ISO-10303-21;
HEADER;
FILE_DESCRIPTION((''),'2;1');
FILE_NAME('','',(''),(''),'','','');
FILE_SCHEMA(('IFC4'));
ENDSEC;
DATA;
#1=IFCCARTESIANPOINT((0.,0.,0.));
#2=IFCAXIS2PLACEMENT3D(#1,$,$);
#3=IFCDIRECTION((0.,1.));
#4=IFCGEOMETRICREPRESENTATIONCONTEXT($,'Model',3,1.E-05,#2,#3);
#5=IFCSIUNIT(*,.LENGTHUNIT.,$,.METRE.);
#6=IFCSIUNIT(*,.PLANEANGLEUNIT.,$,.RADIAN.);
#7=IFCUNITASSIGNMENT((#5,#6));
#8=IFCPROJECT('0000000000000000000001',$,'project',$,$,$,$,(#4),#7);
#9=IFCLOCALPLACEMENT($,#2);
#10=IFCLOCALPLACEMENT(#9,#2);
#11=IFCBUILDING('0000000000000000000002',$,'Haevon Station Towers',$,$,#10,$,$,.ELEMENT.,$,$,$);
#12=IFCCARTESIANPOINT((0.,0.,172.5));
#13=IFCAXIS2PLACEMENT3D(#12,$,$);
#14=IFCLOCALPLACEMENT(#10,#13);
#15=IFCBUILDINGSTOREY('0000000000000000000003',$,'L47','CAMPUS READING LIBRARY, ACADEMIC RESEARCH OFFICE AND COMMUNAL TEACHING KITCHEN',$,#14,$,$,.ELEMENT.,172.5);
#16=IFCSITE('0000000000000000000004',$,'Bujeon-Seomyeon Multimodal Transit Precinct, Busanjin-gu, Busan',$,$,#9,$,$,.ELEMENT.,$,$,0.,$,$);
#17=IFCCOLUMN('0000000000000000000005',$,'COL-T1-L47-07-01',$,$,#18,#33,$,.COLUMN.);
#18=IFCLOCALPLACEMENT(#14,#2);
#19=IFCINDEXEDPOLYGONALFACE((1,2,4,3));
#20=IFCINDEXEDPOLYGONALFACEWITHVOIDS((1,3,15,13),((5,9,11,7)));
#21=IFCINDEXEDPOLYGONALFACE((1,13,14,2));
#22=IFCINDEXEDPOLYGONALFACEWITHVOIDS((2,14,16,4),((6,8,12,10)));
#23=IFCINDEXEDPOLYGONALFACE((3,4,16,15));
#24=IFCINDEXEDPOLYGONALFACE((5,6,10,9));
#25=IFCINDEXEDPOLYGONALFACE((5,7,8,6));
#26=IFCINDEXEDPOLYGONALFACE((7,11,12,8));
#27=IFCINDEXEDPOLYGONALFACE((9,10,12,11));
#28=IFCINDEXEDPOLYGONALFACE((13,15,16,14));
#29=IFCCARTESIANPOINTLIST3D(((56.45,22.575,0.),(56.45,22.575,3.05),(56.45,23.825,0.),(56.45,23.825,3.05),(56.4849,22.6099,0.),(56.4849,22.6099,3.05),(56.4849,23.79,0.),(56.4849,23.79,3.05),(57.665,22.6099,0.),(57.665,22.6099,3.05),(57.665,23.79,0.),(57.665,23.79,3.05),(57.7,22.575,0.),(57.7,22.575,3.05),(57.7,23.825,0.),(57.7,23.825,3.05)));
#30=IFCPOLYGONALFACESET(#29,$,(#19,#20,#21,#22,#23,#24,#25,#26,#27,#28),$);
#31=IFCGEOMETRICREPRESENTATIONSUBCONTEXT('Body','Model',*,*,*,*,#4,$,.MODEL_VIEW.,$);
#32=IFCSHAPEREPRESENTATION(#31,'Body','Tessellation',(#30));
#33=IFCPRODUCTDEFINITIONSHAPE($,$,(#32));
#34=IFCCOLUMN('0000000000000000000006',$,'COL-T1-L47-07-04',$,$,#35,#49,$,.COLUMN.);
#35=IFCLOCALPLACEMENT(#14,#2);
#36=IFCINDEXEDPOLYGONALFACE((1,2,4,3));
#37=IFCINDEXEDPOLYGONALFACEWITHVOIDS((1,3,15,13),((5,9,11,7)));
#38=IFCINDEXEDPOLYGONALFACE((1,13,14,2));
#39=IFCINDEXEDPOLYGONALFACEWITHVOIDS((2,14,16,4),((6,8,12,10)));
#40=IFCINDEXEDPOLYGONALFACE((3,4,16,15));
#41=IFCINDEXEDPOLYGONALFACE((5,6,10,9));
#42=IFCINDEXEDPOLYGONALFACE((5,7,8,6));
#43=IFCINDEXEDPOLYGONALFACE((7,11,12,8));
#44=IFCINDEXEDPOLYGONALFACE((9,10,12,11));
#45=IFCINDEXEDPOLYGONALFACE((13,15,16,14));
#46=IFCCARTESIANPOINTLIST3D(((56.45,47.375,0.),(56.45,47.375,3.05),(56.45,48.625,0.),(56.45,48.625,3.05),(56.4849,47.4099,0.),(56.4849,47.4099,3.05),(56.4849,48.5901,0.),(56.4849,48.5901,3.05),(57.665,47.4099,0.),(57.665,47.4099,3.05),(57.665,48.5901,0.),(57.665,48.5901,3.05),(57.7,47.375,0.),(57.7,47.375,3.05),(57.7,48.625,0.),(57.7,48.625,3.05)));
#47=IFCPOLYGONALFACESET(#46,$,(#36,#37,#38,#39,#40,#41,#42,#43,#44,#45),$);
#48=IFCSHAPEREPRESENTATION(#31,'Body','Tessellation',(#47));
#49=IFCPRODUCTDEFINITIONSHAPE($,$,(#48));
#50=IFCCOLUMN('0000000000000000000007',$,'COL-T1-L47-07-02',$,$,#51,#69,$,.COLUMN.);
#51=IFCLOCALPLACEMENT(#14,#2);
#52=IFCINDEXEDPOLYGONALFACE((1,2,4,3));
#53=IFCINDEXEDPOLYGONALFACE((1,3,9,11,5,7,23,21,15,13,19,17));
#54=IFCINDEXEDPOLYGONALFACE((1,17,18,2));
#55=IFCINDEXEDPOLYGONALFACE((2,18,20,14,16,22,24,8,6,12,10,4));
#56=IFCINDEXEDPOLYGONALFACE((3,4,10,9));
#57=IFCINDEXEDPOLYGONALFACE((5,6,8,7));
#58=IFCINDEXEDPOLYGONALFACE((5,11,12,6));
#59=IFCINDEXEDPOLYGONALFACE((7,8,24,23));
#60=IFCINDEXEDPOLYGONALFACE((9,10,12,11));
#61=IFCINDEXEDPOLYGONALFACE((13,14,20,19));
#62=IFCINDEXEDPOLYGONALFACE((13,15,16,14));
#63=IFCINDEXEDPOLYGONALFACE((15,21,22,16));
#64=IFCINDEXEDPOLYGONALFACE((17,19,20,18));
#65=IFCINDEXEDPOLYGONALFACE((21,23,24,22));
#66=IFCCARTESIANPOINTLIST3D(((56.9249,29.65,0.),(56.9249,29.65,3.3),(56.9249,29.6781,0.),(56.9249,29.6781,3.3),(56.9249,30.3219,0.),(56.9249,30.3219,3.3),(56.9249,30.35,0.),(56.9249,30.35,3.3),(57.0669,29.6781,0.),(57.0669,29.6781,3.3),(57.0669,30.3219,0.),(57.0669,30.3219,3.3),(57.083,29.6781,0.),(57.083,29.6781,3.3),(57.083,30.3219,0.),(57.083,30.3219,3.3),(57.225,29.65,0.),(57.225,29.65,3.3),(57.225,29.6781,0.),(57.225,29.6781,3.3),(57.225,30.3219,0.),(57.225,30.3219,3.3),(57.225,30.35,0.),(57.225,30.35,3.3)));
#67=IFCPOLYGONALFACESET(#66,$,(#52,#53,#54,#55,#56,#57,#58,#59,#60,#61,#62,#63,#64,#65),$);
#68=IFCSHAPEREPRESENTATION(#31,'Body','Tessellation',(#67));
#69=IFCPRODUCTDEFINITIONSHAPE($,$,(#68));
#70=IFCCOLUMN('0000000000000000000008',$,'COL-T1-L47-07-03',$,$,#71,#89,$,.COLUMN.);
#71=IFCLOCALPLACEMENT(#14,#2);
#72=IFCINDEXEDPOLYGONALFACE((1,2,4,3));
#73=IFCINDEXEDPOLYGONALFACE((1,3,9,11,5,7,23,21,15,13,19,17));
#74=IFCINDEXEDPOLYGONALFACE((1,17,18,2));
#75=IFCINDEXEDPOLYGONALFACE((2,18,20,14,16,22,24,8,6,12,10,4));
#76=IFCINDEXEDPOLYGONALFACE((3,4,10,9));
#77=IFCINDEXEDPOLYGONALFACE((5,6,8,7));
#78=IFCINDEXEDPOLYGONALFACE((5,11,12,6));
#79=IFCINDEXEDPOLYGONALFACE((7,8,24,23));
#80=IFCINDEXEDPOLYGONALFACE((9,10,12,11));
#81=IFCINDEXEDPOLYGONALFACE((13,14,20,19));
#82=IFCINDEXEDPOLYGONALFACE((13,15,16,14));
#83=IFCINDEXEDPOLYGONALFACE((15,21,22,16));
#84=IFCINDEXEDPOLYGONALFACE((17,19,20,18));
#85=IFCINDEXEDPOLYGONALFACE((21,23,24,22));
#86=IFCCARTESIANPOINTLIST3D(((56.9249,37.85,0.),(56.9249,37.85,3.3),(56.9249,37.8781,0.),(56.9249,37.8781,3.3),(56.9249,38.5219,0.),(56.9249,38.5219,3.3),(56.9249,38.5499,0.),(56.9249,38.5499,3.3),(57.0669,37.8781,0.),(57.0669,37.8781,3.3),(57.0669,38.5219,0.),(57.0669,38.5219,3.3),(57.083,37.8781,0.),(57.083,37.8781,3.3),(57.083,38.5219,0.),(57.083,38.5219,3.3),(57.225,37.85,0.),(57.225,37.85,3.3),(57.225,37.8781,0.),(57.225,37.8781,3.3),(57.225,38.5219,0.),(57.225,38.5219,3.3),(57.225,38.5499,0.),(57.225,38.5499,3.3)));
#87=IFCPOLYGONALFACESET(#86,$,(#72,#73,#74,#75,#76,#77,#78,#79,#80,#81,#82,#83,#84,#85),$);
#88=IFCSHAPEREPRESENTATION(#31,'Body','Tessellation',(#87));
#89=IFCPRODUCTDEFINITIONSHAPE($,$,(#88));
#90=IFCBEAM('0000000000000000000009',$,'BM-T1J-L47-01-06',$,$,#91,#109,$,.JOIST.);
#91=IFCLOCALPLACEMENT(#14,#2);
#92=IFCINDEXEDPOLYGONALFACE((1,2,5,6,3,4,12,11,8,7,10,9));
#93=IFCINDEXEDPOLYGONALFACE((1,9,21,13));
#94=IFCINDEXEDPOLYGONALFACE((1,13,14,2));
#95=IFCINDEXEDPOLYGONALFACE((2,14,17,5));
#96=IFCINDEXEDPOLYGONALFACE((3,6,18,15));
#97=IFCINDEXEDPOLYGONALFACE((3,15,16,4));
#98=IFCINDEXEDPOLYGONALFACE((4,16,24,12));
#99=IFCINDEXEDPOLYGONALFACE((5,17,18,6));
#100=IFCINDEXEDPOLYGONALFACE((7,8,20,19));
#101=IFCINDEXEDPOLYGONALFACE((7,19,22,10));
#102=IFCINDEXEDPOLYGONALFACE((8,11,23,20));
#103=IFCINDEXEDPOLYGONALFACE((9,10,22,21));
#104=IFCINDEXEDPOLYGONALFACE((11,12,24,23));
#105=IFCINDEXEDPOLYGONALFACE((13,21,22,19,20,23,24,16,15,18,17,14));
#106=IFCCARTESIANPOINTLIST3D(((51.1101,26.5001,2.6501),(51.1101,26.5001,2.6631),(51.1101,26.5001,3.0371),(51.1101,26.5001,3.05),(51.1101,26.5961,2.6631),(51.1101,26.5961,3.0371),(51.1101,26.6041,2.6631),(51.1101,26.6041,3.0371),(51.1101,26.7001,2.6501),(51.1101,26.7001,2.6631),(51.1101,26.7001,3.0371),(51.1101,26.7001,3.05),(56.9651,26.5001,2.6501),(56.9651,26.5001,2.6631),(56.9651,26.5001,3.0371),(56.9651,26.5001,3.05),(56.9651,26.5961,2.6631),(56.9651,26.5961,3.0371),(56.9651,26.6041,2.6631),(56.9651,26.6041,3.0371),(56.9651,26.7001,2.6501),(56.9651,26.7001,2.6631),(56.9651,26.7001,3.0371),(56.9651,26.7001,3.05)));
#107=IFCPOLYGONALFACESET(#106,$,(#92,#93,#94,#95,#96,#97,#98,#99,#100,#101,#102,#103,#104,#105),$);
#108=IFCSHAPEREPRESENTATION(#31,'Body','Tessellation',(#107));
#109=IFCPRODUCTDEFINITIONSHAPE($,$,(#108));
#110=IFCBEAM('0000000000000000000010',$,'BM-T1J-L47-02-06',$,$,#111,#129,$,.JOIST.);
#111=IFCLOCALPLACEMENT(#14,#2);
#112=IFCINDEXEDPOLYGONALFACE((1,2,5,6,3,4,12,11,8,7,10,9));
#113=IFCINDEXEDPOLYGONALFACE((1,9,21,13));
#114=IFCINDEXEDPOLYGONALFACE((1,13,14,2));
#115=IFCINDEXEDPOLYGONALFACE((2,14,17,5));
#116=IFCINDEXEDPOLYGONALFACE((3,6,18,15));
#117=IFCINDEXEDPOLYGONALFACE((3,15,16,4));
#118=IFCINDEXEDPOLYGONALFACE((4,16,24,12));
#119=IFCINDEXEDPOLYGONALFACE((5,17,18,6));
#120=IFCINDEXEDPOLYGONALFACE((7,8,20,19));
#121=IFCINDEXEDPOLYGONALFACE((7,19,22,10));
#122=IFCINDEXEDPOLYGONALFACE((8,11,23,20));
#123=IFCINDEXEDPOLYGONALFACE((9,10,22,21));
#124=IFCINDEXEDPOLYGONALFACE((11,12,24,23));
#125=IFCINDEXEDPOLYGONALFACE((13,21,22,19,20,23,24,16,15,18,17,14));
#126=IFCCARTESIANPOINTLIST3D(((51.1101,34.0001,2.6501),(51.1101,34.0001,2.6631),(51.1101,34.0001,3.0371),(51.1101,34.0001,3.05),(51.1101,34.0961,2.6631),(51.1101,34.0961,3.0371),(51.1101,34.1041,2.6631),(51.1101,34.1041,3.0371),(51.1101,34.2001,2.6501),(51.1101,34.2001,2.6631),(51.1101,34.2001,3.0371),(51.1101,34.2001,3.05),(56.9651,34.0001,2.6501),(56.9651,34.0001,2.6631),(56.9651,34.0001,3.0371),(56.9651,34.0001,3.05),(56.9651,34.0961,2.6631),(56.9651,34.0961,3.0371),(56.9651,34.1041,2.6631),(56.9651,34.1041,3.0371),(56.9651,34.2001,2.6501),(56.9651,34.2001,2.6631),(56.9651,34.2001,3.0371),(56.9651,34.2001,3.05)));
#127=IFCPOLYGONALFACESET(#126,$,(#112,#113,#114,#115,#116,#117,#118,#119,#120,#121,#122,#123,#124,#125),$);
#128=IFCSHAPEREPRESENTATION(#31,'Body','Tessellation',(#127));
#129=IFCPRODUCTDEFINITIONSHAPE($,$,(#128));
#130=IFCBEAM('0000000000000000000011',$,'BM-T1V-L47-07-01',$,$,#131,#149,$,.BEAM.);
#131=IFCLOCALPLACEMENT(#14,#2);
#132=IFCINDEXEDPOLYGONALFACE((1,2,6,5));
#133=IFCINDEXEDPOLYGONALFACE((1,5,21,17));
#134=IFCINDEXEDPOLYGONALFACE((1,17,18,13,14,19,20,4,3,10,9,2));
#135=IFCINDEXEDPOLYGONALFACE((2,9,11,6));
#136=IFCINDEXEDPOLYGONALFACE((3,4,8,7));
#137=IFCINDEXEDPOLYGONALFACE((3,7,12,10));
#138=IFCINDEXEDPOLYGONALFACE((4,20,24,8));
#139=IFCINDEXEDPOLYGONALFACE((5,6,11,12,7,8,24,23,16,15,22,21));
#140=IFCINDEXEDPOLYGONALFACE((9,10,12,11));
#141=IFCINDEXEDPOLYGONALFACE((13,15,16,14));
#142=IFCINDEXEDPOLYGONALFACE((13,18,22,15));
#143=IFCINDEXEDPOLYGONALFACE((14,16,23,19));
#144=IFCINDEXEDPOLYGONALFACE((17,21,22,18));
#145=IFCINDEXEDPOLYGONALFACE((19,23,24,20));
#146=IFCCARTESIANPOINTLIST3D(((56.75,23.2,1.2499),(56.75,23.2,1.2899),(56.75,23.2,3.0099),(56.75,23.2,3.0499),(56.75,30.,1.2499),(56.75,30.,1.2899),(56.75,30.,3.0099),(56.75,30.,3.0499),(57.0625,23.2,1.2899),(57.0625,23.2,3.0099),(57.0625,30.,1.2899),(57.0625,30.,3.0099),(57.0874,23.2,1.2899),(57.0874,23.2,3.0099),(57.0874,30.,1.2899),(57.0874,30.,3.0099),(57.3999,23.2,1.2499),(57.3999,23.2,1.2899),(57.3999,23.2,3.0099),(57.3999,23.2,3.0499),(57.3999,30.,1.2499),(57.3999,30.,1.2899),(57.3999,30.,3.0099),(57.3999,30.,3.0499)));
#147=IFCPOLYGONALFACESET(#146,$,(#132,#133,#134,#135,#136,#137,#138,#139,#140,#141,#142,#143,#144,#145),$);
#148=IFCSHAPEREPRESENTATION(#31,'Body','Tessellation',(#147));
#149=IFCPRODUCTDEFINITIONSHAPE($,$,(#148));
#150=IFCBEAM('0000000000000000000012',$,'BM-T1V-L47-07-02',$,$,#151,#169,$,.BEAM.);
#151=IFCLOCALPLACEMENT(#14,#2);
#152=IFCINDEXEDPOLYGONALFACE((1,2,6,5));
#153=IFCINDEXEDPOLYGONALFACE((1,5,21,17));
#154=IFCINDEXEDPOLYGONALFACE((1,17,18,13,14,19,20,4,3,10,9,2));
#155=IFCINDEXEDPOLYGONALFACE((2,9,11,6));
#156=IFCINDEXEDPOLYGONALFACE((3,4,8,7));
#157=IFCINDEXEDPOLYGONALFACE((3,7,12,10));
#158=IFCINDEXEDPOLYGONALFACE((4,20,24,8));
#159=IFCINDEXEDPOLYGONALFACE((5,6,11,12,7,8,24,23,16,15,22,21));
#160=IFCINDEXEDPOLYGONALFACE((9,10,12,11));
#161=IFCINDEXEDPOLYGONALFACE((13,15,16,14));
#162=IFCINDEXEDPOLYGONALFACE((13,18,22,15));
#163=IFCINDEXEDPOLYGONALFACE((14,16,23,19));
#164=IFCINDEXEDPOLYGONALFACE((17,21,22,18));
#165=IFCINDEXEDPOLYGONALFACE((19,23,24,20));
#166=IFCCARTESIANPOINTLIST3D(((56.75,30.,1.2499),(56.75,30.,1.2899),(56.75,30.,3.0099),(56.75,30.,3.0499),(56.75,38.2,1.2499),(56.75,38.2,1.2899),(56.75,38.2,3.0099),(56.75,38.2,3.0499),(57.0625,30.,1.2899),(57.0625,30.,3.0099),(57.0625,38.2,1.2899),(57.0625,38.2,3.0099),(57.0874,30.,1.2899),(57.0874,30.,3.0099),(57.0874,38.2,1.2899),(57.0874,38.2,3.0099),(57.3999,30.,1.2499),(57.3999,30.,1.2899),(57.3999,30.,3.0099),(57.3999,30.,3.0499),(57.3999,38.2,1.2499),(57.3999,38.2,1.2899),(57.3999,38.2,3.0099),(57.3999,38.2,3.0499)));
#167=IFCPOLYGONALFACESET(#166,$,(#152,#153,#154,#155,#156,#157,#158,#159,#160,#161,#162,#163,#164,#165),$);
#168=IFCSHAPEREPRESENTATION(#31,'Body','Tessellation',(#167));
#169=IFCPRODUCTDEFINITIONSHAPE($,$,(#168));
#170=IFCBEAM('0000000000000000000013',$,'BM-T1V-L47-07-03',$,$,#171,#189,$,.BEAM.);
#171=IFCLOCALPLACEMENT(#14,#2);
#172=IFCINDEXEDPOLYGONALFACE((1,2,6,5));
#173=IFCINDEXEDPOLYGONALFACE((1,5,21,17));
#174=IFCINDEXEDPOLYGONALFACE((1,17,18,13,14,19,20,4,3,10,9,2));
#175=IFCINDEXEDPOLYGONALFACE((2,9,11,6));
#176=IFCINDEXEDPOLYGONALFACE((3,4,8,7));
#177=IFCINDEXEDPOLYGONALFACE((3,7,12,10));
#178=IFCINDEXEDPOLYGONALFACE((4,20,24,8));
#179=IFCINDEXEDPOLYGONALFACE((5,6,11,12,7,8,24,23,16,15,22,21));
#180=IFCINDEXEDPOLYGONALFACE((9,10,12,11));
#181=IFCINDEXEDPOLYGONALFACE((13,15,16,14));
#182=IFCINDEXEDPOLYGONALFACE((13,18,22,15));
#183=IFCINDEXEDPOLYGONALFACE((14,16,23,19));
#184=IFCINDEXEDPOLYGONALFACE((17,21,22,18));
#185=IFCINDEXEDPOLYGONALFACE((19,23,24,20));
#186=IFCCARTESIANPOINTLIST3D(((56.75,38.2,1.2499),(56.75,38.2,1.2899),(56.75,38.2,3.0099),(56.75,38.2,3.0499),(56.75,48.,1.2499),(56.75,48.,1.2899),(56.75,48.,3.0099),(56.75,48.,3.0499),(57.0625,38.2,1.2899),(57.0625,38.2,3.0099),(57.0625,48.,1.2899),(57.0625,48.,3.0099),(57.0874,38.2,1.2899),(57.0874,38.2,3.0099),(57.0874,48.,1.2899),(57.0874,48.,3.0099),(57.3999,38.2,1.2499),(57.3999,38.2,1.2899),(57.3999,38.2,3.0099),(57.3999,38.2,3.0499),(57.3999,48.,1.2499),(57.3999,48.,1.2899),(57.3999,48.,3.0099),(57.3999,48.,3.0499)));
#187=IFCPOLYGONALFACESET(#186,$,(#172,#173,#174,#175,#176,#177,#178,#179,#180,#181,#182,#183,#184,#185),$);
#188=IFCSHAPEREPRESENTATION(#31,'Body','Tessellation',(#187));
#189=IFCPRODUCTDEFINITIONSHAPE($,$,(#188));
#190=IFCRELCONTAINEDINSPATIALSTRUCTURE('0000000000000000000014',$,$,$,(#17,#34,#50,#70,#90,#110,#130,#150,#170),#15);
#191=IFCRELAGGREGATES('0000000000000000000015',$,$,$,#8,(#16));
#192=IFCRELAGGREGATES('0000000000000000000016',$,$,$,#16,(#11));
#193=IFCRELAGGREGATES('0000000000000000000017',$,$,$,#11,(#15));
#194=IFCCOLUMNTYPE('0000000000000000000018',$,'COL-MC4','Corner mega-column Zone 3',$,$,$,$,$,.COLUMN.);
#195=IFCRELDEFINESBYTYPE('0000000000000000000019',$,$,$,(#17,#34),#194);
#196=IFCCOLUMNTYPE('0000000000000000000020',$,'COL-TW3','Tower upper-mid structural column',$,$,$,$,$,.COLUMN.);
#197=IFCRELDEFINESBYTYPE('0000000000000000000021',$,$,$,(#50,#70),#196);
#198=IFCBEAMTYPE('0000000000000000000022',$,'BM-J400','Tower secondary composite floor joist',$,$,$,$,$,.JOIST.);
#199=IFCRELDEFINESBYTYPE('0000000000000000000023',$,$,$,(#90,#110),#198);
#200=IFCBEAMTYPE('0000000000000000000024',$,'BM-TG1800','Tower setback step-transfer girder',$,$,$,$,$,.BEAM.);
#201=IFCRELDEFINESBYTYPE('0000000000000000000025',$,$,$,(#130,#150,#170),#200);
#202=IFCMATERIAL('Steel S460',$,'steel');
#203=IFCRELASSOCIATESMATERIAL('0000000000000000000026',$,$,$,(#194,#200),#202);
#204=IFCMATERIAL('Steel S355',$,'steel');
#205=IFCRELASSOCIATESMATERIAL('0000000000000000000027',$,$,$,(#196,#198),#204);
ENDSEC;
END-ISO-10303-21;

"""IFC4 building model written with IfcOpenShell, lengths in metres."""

from ifc_helpers import new_model, si_unit, direction, frame, origin, origin_2d, place, context, subcontext, project, spatial, hollow_rectangle, i_section, extrude, material, material_profile, profile_set, type_object, element, save


model = new_model("IFC4")

# Units and contexts
model_context = context("Model", 3, precision=1e-05, world=origin(), true_north=direction((0.0, 1.0)))
body_context = subcontext(model_context, "Body", "Model", "MODEL_VIEW")
ifc_project = project(units=[si_unit("LENGTHUNIT", "METRE"), si_unit("PLANEANGLEUNIT", "RADIAN")], contexts=[model_context])

# Site, building, storey
site_placement = place(None, origin())
site = spatial("IfcSite", under=ifc_project, at=site_placement, Name="Bujeon-Seomyeon Multimodal Transit Precinct, Busanjin-gu, Busan", CompositionType="ELEMENT", RefElevation=0.0)
building_placement = place(site_placement, origin())
building = spatial("IfcBuilding", under=site, at=building_placement, Name="Haevon Station Towers", CompositionType="ELEMENT")
storey_placement = place(building_placement, frame((0.0, 0.0, 172.5)))
storey = spatial("IfcBuildingStorey", under=building, at=storey_placement, Name="L47", Description="CAMPUS READING LIBRARY, ACADEMIC RESEARCH OFFICE AND COMMUNAL TEACHING KITCHEN", CompositionType="ELEMENT", Elevation=172.5)

# Columns
ifc_material_1 = material(Name="Steel S460", Category="steel")
ifc_material_profile_1 = material_profile(ifc_material_1, hollow_rectangle(XDim=1.25, YDim=1.25, WallThickness=0.0349, at=origin_2d()), Name="BOX-1250x1250x35")
ifc_profile_set_1 = profile_set([ifc_material_profile_1], Name="Steel S460")
column_type_1 = type_object("IfcColumnType", Name="COL-MC4", Description="Corner mega-column Zone 3", PredefinedType="COLUMN", material=ifc_profile_set_1)
for number, where, z_axis, x_axis, name in (
    (1, (57.075, 23.2, 0.0), (0.0, 0.0, 1.0), (1.0, 0.0, 0.0), "COL-T1-L47-07-01"),
    (2, (57.075, 48.0, 0.0), (0.0, 0.0, 1.0), (1.0, 0.0, 0.0), "COL-T1-L47-07-04"),
):
    element("IfcColumn", number, at=place(storey_placement, frame(where, z_axis=z_axis, x_axis=x_axis)), inside=storey, type_object=column_type_1, Name=name, PredefinedType="COLUMN", context=body_context, shape_type="SweptSolid", body=[
        extrude(hollow_rectangle(XDim=1.25, YDim=1.25, WallThickness=0.0349, at=origin_2d()), origin(), (0.0, 0.0, 1.0), 3.05),
    ])
ifc_material_2 = material(Name="Steel S355", Category="steel")
ifc_material_profile_2 = material_profile(ifc_material_2, i_section(OverallWidth=0.3, OverallDepth=0.7, WebThickness=0.0161, FlangeThickness=0.0281, at=origin_2d()), Name="H-700x300x16x28")
ifc_profile_set_2 = profile_set([ifc_material_profile_2], Name="Steel S355")
column_type_2 = type_object("IfcColumnType", Name="COL-TW3", Description="Tower upper-mid structural column", PredefinedType="COLUMN", material=ifc_profile_set_2)
for number, where, z_axis, x_axis, name in (
    (3, (57.075, 30.0, 0.0), (0.0, 0.0, 1.0), (1.0, 0.0, 0.0), "COL-T1-L47-07-02"),
    (4, (57.075, 38.2, 0.0), (0.0, 0.0, 1.0), (1.0, 0.0, 0.0), "COL-T1-L47-07-03"),
):
    element("IfcColumn", number, at=place(storey_placement, frame(where, z_axis=z_axis, x_axis=x_axis)), inside=storey, type_object=column_type_2, Name=name, PredefinedType="COLUMN", context=body_context, shape_type="SweptSolid", body=[
        extrude(i_section(OverallWidth=0.3, OverallDepth=0.7, WebThickness=0.0161, FlangeThickness=0.0281, at=origin_2d()), origin(), (0.0, 0.0, 1.0), 3.3),
    ])

# Beams
ifc_material_profile_3 = material_profile(ifc_material_2, i_section(OverallWidth=0.2, OverallDepth=0.3999, WebThickness=0.0081, FlangeThickness=0.0129, at=origin_2d()), Name="H-400x200x8x13")
ifc_profile_set_3 = profile_set([ifc_material_profile_3], Name="Steel S355")
beam_type_1 = type_object("IfcBeamType", Name="BM-J400", Description="Tower secondary composite floor joist", PredefinedType="JOIST", material=ifc_profile_set_3)
for number, where, z_axis, x_axis, name in (
    (5, (51.1101, 26.6001, 2.8501), (1.0, 0.0, 0.0), (0.0, 1.0, 0.0), "BM-T1J-L47-01-06"),
    (6, (51.1101, 34.1001, 2.8501), (1.0, 0.0, 0.0), (0.0, 1.0, 0.0), "BM-T1J-L47-02-06"),
):
    element("IfcBeam", number, at=place(storey_placement, frame(where, z_axis=z_axis, x_axis=x_axis)), inside=storey, type_object=beam_type_1, Name=name, PredefinedType="JOIST", context=body_context, shape_type="SweptSolid", body=[
        extrude(i_section(OverallWidth=0.2, OverallDepth=0.3999, WebThickness=0.0081, FlangeThickness=0.0129, at=origin_2d()), origin(), (0.0, 0.0, 1.0), 5.855),
    ])
ifc_material_profile_4 = material_profile(ifc_material_1, i_section(OverallWidth=0.6499, OverallDepth=1.8, WebThickness=0.0249, FlangeThickness=0.04, at=origin_2d()), Name="H-1800x650x25x40")
ifc_profile_set_4 = profile_set([ifc_material_profile_4], Name="Steel S460")
beam_type_2 = type_object("IfcBeamType", Name="BM-TG1800", Description="Tower setback step-transfer girder", PredefinedType="BEAM", material=ifc_profile_set_4)
beam_1_placement = place(storey_placement, frame((57.075, 23.2, 2.1499), z_axis=(0.0, 1.0, 0.0), x_axis=(-1.0, 0.0, 0.0)))
element("IfcBeam", 7, at=beam_1_placement, inside=storey, type_object=beam_type_2, Name="BM-T1V-L47-07-01", PredefinedType="BEAM", context=body_context, shape_type="SweptSolid", body=[
    extrude(i_section(OverallWidth=0.6499, OverallDepth=1.8, WebThickness=0.0249, FlangeThickness=0.04, at=origin_2d()), origin(), (0.0, 0.0, 1.0), 6.8),
])
beam_2_placement = place(storey_placement, frame((57.075, 30.0, 2.1499), z_axis=(0.0, 1.0, 0.0), x_axis=(-1.0, 0.0, 0.0)))
element("IfcBeam", 8, at=beam_2_placement, inside=storey, type_object=beam_type_2, Name="BM-T1V-L47-07-02", PredefinedType="BEAM", context=body_context, shape_type="SweptSolid", body=[
    extrude(i_section(OverallWidth=0.6499, OverallDepth=1.8, WebThickness=0.0249, FlangeThickness=0.04, at=origin_2d()), origin(), (0.0, 0.0, 1.0), 8.2),
])
beam_3_placement = place(storey_placement, frame((57.075, 38.2, 2.1499), z_axis=(0.0, 1.0, 0.0), x_axis=(-1.0, 0.0, 0.0)))
element("IfcBeam", 9, at=beam_3_placement, inside=storey, type_object=beam_type_2, Name="BM-T1V-L47-07-03", PredefinedType="BEAM", context=body_context, shape_type="SweptSolid", body=[
    extrude(i_section(OverallWidth=0.6499, OverallDepth=1.8, WebThickness=0.0249, FlangeThickness=0.04, at=origin_2d()), origin(), (0.0, 0.0, 1.0), 9.8),
])

save(model, "model.ifc")
